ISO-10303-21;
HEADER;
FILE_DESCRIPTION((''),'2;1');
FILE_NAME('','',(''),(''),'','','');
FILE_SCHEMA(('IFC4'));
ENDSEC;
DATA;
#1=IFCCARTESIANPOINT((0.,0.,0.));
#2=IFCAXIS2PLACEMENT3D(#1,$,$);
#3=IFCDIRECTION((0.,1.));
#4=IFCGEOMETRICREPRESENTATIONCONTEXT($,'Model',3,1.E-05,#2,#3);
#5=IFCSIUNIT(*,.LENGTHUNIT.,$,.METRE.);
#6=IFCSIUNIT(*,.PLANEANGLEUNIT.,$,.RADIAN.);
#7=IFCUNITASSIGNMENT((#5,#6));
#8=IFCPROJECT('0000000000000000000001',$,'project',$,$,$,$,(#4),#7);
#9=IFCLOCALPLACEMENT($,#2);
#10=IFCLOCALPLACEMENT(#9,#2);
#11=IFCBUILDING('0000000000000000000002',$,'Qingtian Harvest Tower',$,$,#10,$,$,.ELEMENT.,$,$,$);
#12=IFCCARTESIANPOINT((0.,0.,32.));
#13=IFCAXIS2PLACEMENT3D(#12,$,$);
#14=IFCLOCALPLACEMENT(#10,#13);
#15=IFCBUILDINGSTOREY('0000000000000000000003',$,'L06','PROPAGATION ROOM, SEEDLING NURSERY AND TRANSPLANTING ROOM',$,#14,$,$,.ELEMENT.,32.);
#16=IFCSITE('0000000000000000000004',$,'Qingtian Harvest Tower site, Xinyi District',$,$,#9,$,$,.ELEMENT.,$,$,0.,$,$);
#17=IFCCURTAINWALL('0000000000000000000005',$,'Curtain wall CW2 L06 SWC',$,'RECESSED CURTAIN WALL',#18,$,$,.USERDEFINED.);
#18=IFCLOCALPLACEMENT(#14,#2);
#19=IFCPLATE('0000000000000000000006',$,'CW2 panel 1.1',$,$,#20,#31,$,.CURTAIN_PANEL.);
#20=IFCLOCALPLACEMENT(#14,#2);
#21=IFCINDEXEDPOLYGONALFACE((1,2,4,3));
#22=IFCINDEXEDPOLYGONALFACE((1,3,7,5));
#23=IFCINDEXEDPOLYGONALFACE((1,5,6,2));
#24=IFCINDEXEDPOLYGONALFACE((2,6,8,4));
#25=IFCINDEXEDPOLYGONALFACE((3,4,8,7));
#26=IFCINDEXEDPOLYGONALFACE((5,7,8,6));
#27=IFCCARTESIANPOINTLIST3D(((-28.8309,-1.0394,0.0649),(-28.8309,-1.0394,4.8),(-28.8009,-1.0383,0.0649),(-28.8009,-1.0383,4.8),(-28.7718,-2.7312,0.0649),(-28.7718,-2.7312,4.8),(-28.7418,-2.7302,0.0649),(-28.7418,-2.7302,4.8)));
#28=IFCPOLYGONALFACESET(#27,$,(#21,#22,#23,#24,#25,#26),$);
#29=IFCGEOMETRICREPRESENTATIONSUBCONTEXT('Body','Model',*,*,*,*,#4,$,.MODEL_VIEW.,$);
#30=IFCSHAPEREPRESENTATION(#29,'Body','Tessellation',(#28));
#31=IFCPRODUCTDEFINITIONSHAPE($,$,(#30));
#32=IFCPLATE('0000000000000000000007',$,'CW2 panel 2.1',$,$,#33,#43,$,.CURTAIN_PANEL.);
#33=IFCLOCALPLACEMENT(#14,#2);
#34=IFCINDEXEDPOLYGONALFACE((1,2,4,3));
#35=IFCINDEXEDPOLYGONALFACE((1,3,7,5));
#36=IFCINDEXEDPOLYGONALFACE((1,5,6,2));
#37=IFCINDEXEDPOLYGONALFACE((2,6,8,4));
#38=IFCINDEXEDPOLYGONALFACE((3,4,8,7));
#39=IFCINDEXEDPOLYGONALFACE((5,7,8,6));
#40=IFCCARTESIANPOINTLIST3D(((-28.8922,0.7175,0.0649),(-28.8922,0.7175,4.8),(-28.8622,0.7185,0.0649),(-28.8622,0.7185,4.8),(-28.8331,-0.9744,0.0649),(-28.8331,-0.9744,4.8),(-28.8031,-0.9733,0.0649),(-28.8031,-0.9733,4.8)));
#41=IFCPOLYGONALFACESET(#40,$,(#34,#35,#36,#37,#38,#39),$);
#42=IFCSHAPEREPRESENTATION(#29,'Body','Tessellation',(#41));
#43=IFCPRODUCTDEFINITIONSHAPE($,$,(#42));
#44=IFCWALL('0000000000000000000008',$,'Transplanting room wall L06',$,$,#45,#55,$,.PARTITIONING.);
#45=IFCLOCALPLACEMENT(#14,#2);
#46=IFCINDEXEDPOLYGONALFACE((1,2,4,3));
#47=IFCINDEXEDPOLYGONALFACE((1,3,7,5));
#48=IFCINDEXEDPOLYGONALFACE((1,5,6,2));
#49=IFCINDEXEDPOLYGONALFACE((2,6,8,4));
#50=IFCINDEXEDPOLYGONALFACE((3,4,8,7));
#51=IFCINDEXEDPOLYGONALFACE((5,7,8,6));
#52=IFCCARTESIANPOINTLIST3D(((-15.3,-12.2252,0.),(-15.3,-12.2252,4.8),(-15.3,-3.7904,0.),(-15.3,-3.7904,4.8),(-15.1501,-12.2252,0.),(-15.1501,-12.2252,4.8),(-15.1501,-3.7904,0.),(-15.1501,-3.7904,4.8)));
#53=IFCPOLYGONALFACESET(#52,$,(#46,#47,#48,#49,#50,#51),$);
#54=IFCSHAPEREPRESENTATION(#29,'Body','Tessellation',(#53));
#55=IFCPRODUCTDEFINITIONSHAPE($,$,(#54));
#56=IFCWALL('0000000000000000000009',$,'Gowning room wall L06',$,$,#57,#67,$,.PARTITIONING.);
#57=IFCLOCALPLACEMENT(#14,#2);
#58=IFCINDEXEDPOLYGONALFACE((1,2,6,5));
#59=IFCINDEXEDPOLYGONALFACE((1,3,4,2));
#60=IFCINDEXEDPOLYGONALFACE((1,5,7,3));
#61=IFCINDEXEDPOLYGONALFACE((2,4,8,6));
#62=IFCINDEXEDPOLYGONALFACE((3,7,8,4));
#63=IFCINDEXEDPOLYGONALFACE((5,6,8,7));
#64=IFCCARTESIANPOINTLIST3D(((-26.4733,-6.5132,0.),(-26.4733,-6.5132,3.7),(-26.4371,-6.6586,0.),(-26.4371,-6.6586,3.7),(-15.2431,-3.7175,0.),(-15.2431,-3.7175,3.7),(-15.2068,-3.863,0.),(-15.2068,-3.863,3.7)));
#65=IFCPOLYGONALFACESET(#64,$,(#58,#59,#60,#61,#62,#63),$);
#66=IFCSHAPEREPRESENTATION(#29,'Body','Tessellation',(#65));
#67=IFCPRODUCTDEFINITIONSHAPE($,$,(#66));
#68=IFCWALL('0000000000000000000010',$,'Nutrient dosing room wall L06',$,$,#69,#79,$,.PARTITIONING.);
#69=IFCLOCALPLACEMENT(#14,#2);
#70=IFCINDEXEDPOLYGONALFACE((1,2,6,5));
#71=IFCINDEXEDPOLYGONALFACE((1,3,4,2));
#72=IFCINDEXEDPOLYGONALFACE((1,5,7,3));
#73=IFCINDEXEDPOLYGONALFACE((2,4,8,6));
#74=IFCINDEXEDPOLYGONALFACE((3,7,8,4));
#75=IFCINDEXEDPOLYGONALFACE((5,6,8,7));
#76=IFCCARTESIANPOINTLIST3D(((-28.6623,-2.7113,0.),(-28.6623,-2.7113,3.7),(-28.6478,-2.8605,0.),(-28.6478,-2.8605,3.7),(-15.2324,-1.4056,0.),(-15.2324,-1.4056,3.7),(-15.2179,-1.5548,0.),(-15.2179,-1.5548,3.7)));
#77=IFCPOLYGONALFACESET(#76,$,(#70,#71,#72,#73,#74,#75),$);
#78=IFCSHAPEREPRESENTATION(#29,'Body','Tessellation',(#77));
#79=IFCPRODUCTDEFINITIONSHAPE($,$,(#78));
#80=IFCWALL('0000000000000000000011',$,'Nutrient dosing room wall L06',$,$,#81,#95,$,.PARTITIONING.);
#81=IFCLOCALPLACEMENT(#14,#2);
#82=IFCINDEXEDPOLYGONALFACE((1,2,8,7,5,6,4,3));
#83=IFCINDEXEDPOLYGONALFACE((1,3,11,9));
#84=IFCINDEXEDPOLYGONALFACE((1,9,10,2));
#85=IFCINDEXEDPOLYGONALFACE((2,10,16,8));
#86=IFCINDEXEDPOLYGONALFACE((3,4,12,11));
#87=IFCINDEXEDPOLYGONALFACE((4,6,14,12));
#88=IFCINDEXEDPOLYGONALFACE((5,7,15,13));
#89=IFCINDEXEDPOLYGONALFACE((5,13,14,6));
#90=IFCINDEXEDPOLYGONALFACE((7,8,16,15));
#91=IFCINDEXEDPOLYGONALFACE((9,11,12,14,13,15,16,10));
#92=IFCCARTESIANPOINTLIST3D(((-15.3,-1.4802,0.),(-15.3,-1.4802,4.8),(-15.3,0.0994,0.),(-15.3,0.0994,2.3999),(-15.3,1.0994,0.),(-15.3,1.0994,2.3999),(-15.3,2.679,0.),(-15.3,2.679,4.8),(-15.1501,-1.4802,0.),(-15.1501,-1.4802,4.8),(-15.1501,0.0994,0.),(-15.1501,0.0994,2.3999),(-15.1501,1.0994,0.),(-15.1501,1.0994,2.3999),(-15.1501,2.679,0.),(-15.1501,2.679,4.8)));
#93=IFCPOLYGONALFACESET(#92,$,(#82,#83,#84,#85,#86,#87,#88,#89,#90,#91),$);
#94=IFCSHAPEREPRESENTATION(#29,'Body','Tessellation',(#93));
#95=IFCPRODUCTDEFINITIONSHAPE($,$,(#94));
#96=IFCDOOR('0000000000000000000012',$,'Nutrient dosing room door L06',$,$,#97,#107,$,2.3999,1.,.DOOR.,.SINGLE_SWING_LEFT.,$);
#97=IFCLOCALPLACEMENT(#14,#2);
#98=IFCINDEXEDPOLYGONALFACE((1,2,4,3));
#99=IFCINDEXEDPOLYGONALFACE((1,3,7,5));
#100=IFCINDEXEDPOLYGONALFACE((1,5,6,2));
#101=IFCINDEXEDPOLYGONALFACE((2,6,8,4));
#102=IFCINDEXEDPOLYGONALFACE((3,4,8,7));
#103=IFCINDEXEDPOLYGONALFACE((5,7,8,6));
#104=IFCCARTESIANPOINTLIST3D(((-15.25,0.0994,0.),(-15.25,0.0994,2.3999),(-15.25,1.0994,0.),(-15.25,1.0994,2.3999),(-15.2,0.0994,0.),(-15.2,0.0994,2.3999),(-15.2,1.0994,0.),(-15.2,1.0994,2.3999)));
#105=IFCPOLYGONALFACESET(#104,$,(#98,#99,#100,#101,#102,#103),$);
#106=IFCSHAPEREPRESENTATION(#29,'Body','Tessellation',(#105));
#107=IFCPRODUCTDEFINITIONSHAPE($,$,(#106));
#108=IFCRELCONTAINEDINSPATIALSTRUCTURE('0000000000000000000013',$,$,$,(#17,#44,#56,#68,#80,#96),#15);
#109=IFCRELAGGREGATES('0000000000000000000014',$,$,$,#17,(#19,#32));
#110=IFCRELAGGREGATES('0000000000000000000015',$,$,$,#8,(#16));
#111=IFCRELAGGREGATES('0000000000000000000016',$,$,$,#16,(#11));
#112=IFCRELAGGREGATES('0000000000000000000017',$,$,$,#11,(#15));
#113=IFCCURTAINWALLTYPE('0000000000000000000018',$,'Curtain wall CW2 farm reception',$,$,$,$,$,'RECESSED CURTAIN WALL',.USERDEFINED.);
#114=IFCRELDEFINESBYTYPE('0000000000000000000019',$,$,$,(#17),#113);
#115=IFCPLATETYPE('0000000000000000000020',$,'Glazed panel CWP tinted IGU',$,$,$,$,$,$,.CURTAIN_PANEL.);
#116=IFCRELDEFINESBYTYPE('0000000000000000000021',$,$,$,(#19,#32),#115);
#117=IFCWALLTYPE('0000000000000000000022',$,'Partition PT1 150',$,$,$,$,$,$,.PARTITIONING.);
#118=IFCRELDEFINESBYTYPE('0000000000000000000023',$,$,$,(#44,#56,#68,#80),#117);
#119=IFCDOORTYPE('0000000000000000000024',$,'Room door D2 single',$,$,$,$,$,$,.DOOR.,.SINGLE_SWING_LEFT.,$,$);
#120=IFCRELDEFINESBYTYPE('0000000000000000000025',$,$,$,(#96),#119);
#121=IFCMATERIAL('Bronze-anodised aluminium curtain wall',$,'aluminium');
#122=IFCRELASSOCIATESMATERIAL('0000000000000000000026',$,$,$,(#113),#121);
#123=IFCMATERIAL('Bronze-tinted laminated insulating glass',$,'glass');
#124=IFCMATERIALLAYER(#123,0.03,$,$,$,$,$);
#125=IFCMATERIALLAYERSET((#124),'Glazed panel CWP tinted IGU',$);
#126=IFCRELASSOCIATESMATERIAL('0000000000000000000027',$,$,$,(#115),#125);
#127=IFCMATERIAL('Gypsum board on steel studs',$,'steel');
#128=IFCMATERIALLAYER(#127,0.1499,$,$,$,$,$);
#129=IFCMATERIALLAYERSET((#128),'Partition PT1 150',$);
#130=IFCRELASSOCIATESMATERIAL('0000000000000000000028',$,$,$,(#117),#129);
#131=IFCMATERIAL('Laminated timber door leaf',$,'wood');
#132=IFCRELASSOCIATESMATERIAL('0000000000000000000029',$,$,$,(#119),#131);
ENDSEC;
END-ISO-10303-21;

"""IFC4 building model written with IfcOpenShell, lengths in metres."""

from ifc_helpers import new_model, si_unit, direction, frame, frame_2d, origin, origin_2d, place, context, subcontext, project, spatial, rectangle, extrude, material, layer, layer_set, type_object, element, fill, aggregate, save


model = new_model("IFC4")

# Units and contexts
model_context = context("Model", 3, precision=1e-05, world=origin(), true_north=direction((0.0, 1.0)))
body_context = subcontext(model_context, "Body", "Model", "MODEL_VIEW")
ifc_project = project(units=[si_unit("LENGTHUNIT", "METRE"), si_unit("PLANEANGLEUNIT", "RADIAN")], contexts=[model_context])

# Site, building, storey
site_placement = place(None, origin())
site = spatial("IfcSite", under=ifc_project, at=site_placement, Name="Qingtian Harvest Tower site, Xinyi District", CompositionType="ELEMENT", RefElevation=0.0)
building_placement = place(site_placement, origin())
building = spatial("IfcBuilding", under=site, at=building_placement, Name="Qingtian Harvest Tower", CompositionType="ELEMENT")
storey_placement = place(building_placement, frame((0.0, 0.0, 32.0)))
storey = spatial("IfcBuildingStorey", under=building, at=storey_placement, Name="L06", Description="PROPAGATION ROOM, SEEDLING NURSERY AND TRANSPLANTING ROOM", CompositionType="ELEMENT", Elevation=32.0)

# Curtain wall
ifc_material_1 = material(Name="Bronze-anodised aluminium curtain wall", Category="aluminium")
curtain_wall_type = type_object("IfcCurtainWallType", Name="Curtain wall CW2 farm reception", ElementType="RECESSED CURTAIN WALL", PredefinedType="USERDEFINED", material=ifc_material_1)
curtain_wall_1_placement = place(storey_placement, origin())
curtain_wall_1 = element("IfcCurtainWall", 1, at=curtain_wall_1_placement, inside=storey, type_object=curtain_wall_type, Name="Curtain wall CW2 L06 SWC", ObjectType="RECESSED CURTAIN WALL", PredefinedType="USERDEFINED")

# Plates
ifc_material_2 = material(Name="Bronze-tinted laminated insulating glass", Category="glass")
ifc_layer_1 = layer(ifc_material_2, 0.03)
ifc_layer_set_1 = layer_set([ifc_layer_1], Name="Glazed panel CWP tinted IGU")
plate_type = type_object("IfcPlateType", Name="Glazed panel CWP tinted IGU", PredefinedType="CURTAIN_PANEL", material=ifc_layer_set_1)
plate_1_placement = place(storey_placement, frame((-28.7864, -1.8848, 0.0649), z_axis=(0.0, 0.0, 1.0), x_axis=(-0.034899, 0.999391, 0.0)))
plate_1 = element("IfcPlate", 2, at=plate_1_placement, type_object=plate_type, Name="CW2 panel 1.1", PredefinedType="CURTAIN_PANEL", context=body_context, shape_type="SweptSolid", body=[
    extrude(rectangle(XDim=1.6929, YDim=0.03, at=origin_2d()), origin(), (0.0, 0.0, 1.0), 4.7351),
])
plate_2_placement = place(storey_placement, frame((-28.8477, -0.1279, 0.0649), z_axis=(0.0, 0.0, 1.0), x_axis=(-0.034899, 0.999391, 0.0)))
plate_2 = element("IfcPlate", 3, at=plate_2_placement, type_object=plate_type, Name="CW2 panel 2.1", PredefinedType="CURTAIN_PANEL", context=body_context, shape_type="SweptSolid", body=[
    extrude(rectangle(XDim=1.6929, YDim=0.03, at=origin_2d()), origin(), (0.0, 0.0, 1.0), 4.7351),
])
aggregate(curtain_wall_1, [plate_1, plate_2])

# Walls
ifc_material_3 = material(Name="Gypsum board on steel studs", Category="steel")
ifc_layer_2 = layer(ifc_material_3, 0.1499)
ifc_layer_set_2 = layer_set([ifc_layer_2], Name="Partition PT1 150")
wall_type = type_object("IfcWallType", Name="Partition PT1 150", PredefinedType="PARTITIONING", material=ifc_layer_set_2)
wall_1_placement = place(storey_placement, frame((-15.2251, -12.2251, 0.0), z_axis=(0.0, 0.0, 1.0), x_axis=(0.0, 1.0, 0.0)))
element("IfcWall", 4, at=wall_1_placement, inside=storey, type_object=wall_type, Name="Transplanting room wall L06", PredefinedType="PARTITIONING", context=body_context, shape_type="SweptSolid", body=[
    extrude(rectangle(XDim=8.4348, YDim=0.1499, at=frame_2d((4.2173, 0.0))), origin(), (0.0, 0.0, 1.0), 4.8),
])
wall_2_placement = place(storey_placement, frame((-26.4553, -6.5859, 0.0), z_axis=(0.0, 0.0, 1.0), x_axis=(0.970384, 0.241568, 0.0)))
element("IfcWall", 5, at=wall_2_placement, inside=storey, type_object=wall_type, Name="Gowning room wall L06", PredefinedType="PARTITIONING", context=body_context, shape_type="SweptSolid", body=[
    extrude(rectangle(XDim=11.573, YDim=0.1499, at=frame_2d((5.7866, 0.0))), origin(), (0.0, 0.0, 1.0), 3.7),
])

# Shared definitions
ifc_material_4 = material(Name="Laminated timber door leaf", Category="wood")
door_type = type_object("IfcDoorType", Name="Room door D2 single", OperationType="SINGLE_SWING_LEFT", PredefinedType="DOOR", material=ifc_material_4)

# Wall
wall_3_placement = place(storey_placement, frame((-28.655, -2.7859, 0.0), z_axis=(0.0, 0.0, 1.0), x_axis=(0.995307, 0.096764, 0.0)))
element("IfcWall", 6, at=wall_3_placement, inside=storey, type_object=wall_type, Name="Nutrient dosing room wall L06", PredefinedType="PARTITIONING", context=body_context, shape_type="SweptSolid", body=[
    extrude(rectangle(XDim=13.4932, YDim=0.1499, at=frame_2d((6.7466, 0.0))), origin(), (0.0, 0.0, 1.0), 3.7),
])

# Wall, opening, door
wall_4_placement = place(storey_placement, frame((-15.2251, -1.4802, 0.0), z_axis=(0.0, 0.0, 1.0), x_axis=(0.0, 1.0, 0.0)))
wall_4 = element("IfcWall", 7, at=wall_4_placement, inside=storey, type_object=wall_type, Name="Nutrient dosing room wall L06", PredefinedType="PARTITIONING", context=body_context, shape_type="SweptSolid", body=[
    extrude(rectangle(XDim=4.1592, YDim=0.1499, at=frame_2d((2.0796, 0.0))), origin(), (0.0, 0.0, 1.0), 4.8),
])
opening_1_placement = place(wall_4_placement, frame((1.5796, 0.0, 0.0)))
opening_1 = element("IfcOpeningElement", 8, at=opening_1_placement, cuts=wall_4, PredefinedType="OPENING", context=body_context, shape_type="SweptSolid", body=[
    extrude(rectangle(XDim=1.0, YDim=2.3999, at=frame_2d((0.5, 1.2))), frame((0.0, 0.085, 0.0), z_axis=(0.0, -1.0, 0.0), x_axis=(1.0, 0.0, 0.0)), (0.0, 0.0, 1.0), 0.1699),
])
door_1_placement = place(opening_1_placement, origin())
door_1 = element("IfcDoor", 9, at=door_1_placement, inside=storey, type_object=door_type, Name="Nutrient dosing room door L06", OperationType="SINGLE_SWING_LEFT", OverallHeight=2.3999, OverallWidth=1.0, PredefinedType="DOOR", context=body_context, shape_type="SweptSolid", body=[
    extrude(rectangle(XDim=1.0, YDim=2.3999, at=frame_2d((0.5, 1.2))), frame((0.0, 0.0249, 0.0), z_axis=(0.0, -1.0, 0.0), x_axis=(1.0, 0.0, 0.0)), (0.0, 0.0, 1.0), 0.05),
])
fill(opening_1, door_1)

save(model, "model.ifc")
